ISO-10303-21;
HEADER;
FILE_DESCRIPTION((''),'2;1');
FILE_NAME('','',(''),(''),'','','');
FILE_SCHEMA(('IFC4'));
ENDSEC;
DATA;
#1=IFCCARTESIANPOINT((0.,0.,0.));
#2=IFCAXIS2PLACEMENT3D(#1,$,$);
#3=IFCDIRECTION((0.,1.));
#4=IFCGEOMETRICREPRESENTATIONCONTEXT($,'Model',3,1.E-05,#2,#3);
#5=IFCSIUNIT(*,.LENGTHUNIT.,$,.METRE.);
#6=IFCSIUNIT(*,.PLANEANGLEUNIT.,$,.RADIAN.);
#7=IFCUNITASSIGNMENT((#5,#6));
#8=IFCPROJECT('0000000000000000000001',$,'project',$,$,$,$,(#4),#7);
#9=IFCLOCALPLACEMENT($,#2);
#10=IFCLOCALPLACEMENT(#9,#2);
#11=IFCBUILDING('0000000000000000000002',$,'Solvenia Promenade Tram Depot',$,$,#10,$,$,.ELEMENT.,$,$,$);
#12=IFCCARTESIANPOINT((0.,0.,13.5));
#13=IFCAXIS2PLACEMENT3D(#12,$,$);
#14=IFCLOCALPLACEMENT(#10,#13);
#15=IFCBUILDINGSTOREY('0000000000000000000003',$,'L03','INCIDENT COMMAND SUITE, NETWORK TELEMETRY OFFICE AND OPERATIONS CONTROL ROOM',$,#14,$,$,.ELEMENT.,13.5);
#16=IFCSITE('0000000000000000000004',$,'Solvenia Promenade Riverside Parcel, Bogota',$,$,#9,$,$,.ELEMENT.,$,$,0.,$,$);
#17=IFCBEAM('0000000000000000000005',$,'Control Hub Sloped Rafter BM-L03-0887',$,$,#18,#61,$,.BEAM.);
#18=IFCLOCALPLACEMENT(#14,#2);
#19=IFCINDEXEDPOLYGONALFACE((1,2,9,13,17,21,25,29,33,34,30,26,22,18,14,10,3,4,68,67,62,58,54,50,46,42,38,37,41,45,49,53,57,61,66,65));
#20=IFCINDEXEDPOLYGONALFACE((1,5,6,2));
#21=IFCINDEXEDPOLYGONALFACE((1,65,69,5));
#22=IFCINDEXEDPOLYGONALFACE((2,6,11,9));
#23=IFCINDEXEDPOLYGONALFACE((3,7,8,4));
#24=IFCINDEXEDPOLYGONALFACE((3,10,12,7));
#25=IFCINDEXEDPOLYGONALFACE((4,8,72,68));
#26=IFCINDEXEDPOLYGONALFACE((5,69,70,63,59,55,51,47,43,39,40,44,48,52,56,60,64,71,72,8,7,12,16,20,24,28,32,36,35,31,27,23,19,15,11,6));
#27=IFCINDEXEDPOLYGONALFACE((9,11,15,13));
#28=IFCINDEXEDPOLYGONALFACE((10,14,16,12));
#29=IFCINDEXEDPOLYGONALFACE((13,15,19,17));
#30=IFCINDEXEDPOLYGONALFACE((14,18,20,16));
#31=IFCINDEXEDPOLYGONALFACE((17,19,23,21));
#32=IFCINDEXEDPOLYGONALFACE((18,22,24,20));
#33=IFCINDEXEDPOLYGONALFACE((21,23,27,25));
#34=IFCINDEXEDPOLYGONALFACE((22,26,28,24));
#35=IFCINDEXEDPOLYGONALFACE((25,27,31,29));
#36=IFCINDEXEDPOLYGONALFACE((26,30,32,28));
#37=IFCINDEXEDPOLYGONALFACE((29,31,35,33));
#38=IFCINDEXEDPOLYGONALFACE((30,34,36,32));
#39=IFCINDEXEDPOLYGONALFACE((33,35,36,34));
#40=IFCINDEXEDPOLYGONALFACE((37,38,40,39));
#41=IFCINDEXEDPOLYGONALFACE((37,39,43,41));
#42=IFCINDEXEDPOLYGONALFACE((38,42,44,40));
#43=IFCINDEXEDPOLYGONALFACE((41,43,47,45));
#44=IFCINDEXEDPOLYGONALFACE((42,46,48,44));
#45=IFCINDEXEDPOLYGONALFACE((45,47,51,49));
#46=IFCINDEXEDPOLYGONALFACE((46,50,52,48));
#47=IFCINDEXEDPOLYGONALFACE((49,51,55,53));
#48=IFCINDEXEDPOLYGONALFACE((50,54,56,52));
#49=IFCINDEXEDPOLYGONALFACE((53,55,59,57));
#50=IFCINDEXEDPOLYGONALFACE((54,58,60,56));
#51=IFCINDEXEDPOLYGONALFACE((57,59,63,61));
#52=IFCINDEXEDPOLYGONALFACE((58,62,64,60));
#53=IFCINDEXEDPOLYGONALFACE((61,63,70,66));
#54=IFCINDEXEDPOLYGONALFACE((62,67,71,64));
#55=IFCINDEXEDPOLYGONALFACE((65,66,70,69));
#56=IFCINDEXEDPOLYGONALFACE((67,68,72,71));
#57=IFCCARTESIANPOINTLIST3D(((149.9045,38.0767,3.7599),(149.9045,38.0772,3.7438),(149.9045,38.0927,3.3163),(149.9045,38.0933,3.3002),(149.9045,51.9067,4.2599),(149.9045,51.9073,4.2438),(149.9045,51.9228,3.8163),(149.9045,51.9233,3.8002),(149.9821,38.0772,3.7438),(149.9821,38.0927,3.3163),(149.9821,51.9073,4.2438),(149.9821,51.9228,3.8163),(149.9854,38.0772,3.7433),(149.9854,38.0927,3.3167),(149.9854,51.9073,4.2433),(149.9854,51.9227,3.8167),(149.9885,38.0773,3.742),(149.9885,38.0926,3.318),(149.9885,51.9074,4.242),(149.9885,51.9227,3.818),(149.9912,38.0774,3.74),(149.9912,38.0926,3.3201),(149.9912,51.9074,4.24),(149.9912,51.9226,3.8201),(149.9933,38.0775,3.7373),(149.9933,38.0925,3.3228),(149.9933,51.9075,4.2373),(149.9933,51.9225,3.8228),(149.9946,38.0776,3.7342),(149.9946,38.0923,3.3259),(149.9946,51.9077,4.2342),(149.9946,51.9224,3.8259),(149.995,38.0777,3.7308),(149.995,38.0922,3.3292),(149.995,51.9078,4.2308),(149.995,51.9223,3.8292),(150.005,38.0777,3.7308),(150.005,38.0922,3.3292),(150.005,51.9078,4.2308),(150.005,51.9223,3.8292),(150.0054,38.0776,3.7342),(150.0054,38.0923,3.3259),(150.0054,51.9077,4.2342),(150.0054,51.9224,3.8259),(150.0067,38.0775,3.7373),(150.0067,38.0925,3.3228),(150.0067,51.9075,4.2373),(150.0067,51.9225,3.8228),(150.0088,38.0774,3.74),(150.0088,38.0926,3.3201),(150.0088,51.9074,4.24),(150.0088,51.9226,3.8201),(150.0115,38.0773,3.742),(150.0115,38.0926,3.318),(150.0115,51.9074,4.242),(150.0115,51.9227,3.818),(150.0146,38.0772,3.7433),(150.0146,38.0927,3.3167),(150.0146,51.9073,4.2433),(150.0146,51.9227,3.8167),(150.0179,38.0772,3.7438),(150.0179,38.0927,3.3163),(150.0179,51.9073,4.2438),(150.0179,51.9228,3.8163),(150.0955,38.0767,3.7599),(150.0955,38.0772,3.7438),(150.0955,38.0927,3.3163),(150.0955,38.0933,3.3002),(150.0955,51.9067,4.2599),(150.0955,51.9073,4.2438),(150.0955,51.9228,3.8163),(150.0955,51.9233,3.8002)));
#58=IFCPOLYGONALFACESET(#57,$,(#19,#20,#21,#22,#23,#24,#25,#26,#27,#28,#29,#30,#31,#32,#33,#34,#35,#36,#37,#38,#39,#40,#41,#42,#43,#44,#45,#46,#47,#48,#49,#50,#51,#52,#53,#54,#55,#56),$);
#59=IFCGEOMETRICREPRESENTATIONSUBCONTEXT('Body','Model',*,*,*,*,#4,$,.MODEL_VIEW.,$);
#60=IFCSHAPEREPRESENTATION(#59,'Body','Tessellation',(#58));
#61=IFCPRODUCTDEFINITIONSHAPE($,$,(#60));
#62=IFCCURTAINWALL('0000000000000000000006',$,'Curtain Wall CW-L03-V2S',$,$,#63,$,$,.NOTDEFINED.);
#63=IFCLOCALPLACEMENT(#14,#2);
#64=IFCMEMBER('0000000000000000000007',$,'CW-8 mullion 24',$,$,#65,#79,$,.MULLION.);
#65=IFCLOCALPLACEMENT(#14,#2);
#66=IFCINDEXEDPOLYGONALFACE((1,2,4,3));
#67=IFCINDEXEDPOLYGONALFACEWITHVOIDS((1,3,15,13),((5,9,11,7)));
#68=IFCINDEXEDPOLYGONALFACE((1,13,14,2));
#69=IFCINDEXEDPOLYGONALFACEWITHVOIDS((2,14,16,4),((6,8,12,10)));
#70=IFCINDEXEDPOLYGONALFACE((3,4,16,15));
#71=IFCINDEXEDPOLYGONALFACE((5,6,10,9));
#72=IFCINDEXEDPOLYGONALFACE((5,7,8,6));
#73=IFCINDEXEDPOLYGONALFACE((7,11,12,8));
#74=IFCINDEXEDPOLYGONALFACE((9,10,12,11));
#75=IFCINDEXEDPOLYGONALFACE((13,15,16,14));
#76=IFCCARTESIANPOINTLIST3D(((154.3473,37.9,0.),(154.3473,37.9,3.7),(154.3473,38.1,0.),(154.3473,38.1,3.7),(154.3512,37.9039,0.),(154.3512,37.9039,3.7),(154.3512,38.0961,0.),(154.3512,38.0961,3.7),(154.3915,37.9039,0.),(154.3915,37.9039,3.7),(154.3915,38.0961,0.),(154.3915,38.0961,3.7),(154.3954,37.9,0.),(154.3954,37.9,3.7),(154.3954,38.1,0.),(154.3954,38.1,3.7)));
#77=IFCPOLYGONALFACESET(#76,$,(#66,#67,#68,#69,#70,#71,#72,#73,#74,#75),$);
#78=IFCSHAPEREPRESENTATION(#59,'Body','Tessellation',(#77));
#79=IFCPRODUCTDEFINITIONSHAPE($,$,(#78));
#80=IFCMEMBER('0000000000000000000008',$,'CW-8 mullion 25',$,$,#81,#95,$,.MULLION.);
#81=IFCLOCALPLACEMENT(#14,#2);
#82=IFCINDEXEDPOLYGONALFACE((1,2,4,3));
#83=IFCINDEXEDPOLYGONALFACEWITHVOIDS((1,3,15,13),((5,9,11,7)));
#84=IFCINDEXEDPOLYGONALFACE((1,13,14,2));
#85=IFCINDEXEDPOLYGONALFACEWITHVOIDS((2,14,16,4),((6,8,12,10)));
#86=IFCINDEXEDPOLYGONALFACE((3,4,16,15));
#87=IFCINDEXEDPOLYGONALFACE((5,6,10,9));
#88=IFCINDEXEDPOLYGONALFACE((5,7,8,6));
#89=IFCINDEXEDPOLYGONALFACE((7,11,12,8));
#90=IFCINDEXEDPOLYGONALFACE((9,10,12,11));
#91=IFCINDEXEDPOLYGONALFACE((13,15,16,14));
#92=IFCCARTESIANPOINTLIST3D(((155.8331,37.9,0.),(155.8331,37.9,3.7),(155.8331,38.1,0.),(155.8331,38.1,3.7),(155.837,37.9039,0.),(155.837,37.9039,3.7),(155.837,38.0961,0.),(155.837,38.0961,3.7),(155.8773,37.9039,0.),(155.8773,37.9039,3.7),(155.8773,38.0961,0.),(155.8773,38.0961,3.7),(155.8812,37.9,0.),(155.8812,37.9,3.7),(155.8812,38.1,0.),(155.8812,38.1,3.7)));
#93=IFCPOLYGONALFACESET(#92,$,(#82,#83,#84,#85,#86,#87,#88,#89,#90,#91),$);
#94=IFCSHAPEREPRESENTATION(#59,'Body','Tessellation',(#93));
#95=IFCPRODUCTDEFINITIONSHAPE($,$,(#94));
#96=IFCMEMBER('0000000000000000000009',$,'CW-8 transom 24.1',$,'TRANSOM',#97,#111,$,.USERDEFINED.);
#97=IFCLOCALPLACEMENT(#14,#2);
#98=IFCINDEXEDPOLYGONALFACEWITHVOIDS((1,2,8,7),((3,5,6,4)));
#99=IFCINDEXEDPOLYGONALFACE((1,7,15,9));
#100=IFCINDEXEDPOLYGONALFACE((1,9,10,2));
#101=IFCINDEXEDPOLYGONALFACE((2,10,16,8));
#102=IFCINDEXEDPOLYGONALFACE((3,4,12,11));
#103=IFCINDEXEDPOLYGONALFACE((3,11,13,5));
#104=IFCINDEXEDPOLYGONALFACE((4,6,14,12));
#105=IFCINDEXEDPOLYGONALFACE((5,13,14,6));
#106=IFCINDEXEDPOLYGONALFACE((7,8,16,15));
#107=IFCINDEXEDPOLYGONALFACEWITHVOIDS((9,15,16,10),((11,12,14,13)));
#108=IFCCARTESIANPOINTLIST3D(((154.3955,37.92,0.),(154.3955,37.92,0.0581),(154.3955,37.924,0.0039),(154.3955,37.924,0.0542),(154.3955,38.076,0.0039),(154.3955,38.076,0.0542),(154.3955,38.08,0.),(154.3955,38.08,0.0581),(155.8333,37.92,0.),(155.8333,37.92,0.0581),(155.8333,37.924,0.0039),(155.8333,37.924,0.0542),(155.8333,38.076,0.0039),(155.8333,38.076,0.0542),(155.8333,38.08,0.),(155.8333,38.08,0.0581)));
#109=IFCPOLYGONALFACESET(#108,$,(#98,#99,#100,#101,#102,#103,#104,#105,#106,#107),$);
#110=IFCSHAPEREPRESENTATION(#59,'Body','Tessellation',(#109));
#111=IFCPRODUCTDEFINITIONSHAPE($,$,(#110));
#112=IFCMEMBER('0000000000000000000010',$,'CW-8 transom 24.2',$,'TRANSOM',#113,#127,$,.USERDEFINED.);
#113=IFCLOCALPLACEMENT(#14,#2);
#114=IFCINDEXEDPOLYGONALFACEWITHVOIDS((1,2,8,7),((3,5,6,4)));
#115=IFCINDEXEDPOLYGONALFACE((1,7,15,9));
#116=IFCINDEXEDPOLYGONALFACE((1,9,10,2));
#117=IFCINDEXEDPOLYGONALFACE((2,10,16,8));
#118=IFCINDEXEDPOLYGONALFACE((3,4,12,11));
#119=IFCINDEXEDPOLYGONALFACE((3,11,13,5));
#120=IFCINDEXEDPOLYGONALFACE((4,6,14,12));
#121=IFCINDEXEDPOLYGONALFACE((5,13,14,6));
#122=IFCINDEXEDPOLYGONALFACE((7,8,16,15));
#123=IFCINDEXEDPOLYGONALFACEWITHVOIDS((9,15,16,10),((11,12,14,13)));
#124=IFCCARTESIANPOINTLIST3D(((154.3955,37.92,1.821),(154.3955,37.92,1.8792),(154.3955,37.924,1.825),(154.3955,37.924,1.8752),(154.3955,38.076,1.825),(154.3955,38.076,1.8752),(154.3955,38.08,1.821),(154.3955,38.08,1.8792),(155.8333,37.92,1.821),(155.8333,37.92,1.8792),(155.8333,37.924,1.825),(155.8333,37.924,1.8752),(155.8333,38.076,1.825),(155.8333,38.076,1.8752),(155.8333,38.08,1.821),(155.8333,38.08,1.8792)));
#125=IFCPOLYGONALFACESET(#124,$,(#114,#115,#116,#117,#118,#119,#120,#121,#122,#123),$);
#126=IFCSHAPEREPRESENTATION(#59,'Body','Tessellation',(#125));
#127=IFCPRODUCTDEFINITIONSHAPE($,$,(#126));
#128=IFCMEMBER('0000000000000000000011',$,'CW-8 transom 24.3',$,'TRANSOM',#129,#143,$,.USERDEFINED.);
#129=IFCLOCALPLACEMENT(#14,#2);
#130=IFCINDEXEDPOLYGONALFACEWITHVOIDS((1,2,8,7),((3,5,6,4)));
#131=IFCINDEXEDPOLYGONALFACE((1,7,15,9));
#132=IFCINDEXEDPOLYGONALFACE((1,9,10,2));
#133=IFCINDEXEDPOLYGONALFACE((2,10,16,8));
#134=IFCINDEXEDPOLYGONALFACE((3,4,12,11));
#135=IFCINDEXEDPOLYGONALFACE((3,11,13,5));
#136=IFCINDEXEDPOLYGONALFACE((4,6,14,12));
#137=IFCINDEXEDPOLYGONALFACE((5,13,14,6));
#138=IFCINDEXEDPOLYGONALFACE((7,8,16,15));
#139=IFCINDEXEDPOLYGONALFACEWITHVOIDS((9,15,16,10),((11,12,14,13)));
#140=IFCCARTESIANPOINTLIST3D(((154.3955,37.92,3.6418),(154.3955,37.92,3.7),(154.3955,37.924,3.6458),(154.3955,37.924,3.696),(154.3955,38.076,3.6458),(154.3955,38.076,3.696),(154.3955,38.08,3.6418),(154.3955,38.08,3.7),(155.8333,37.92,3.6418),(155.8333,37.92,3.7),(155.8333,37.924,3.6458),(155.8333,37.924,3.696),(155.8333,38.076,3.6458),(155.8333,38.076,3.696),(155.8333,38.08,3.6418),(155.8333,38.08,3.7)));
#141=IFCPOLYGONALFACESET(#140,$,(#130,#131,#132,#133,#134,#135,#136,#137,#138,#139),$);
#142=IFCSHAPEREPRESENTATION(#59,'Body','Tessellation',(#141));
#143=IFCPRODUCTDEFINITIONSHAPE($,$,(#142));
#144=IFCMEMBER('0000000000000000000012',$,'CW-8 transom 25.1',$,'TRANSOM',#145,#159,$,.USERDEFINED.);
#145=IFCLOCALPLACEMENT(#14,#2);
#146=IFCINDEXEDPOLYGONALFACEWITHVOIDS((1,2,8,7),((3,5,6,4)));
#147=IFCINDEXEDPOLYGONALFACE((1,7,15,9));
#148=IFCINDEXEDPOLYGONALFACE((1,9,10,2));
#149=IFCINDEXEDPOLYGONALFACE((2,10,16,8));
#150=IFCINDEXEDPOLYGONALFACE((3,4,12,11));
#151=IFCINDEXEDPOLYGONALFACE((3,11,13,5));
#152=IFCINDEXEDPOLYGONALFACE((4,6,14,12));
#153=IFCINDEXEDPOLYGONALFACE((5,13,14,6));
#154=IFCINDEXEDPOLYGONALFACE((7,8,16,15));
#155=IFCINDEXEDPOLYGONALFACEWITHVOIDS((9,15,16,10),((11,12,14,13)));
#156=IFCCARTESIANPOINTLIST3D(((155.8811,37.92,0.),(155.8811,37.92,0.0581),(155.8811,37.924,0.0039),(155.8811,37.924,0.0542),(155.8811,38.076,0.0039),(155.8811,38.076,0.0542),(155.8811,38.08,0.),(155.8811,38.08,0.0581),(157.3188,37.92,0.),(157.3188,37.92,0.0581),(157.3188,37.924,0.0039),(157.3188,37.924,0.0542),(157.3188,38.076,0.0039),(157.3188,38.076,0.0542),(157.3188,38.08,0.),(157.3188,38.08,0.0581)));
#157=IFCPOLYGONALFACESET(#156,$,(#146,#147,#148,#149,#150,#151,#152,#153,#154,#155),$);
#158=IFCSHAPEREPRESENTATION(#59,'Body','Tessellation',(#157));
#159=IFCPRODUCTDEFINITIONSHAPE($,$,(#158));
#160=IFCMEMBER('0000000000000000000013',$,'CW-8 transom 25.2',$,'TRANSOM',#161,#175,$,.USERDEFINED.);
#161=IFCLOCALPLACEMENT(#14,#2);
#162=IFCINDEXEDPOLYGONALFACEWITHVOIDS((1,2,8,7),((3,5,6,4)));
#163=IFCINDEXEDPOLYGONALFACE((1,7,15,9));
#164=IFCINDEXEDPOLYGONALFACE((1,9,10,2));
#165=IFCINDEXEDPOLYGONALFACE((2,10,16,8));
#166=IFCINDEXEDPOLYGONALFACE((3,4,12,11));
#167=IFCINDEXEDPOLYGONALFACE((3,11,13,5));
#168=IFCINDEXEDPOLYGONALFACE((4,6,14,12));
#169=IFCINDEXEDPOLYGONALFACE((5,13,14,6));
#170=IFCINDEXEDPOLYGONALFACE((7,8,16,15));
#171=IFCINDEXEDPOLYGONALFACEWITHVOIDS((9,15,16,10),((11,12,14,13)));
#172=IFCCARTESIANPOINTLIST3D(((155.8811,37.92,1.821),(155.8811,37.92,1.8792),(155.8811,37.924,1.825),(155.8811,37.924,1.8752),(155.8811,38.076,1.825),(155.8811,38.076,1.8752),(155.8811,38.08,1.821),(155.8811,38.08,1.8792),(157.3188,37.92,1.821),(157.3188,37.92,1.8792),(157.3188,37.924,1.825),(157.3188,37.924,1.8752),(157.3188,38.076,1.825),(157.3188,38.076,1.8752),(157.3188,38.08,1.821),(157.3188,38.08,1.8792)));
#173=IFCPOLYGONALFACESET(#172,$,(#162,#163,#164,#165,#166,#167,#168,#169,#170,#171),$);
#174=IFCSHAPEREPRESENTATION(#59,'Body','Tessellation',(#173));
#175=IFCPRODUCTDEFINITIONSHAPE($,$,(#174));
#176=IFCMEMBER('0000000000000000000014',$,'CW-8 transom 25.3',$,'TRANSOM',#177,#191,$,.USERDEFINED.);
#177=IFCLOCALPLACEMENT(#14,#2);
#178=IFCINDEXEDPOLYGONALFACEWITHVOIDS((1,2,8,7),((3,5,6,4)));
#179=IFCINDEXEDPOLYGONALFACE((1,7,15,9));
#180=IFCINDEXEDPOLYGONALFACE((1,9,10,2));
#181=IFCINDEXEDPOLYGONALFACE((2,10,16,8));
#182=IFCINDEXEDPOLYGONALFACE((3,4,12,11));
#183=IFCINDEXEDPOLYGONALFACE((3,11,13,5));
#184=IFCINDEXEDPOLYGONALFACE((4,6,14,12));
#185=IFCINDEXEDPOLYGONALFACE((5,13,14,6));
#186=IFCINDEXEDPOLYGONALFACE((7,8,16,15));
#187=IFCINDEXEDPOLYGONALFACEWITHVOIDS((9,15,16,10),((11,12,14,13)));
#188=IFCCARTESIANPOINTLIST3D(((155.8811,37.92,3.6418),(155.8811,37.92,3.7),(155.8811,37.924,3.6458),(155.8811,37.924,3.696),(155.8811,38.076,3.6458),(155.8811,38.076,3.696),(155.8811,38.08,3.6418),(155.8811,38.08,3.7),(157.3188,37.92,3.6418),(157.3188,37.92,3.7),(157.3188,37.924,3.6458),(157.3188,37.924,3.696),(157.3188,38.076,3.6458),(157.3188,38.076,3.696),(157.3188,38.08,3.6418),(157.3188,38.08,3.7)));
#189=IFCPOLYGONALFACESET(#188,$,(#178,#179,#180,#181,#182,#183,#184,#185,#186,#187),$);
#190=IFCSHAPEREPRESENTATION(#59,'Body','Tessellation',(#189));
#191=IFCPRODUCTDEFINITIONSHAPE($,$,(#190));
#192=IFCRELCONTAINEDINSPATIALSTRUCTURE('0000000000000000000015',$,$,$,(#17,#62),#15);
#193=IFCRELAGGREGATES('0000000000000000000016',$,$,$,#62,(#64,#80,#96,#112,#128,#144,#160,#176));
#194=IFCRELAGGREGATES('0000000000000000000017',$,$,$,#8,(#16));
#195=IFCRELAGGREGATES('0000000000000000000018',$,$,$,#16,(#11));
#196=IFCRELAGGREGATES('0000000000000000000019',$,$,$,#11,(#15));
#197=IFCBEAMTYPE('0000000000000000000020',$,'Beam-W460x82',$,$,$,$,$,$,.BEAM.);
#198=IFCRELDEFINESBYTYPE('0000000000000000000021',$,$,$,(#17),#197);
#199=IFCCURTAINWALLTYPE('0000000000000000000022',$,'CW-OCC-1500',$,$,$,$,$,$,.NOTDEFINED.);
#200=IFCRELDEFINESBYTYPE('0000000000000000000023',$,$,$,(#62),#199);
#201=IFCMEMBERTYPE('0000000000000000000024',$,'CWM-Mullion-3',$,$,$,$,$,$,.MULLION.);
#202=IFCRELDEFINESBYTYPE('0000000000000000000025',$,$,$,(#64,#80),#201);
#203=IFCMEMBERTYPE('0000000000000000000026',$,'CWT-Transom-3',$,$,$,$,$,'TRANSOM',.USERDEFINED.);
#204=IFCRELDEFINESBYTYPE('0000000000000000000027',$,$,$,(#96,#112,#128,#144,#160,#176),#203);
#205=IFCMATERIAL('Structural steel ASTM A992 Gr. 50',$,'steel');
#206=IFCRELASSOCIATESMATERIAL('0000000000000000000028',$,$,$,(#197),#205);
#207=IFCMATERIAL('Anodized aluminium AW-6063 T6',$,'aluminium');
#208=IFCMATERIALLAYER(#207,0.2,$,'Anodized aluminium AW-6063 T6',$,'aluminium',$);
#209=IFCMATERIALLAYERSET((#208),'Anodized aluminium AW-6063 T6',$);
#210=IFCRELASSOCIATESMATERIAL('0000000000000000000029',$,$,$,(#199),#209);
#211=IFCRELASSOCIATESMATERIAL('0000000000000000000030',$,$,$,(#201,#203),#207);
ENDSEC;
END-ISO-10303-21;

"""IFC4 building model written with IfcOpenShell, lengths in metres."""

from ifc_helpers import new_model, si_unit, direction, frame, origin, origin_2d, place, context, subcontext, project, spatial, hollow_rectangle, i_section, extrude, material, layer, layer_set, material_profile, profile_set, type_object, element, aggregate, save


model = new_model("IFC4")

# Units and contexts
model_context = context("Model", 3, precision=1e-05, world=origin(), true_north=direction((0.0, 1.0)))
body_context = subcontext(model_context, "Body", "Model", "MODEL_VIEW")
ifc_project = project(units=[si_unit("LENGTHUNIT", "METRE"), si_unit("PLANEANGLEUNIT", "RADIAN")], contexts=[model_context])

# Site, building, storey
site_placement = place(None, origin())
site = spatial("IfcSite", under=ifc_project, at=site_placement, Name="Solvenia Promenade Riverside Parcel, Bogota", CompositionType="ELEMENT", RefElevation=0.0)
building_placement = place(site_placement, origin())
building = spatial("IfcBuilding", under=site, at=building_placement, Name="Solvenia Promenade Tram Depot", CompositionType="ELEMENT")
storey_placement = place(building_placement, frame((0.0, 0.0, 13.5)))
storey = spatial("IfcBuildingStorey", under=building, at=storey_placement, Name="L03", Description="INCIDENT COMMAND SUITE, NETWORK TELEMETRY OFFICE AND OPERATIONS CONTROL ROOM", CompositionType="ELEMENT", Elevation=13.5)

# Beam
ifc_material_1 = material(Name="Structural steel ASTM A992 Gr. 50", Category="steel")
ifc_material_profile_1 = material_profile(ifc_material_1, i_section(OverallWidth=0.1909, OverallDepth=0.46, WebThickness=0.01, FlangeThickness=0.0161, FilletRadius=0.0129, at=origin_2d()), Name="W460x82", Category="steel")
ifc_profile_set_1 = profile_set([ifc_material_profile_1], Name="Structural steel ASTM A992 Gr. 50")
beam_type_1 = type_object("IfcBeamType", Name="Beam-W460x82", PredefinedType="BEAM", material=ifc_profile_set_1)
beam_1_placement = place(storey_placement, frame((150.0, 38.085, 3.53), z_axis=(0.0, 0.999347, 0.036129), x_axis=(-1.0, 0.0, 0.0)))
element("IfcBeam", 1, at=beam_1_placement, inside=storey, type_object=beam_type_1, Name="Control Hub Sloped Rafter BM-L03-0887", PredefinedType="BEAM", context=body_context, shape_type="SweptSolid", body=[
    extrude(i_section(OverallWidth=0.1909, OverallDepth=0.46, WebThickness=0.01, FlangeThickness=0.0161, FilletRadius=0.0129, at=origin_2d()), origin(), (0.0, 0.0, 1.0), 13.8391),
])

# Curtain wall, members
ifc_material_2 = material(Name="Anodized aluminium AW-6063 T6", Category="aluminium")
ifc_layer_1 = layer(ifc_material_2, 0.2, Name="Anodized aluminium AW-6063 T6", Category="aluminium")
ifc_layer_set_1 = layer_set([ifc_layer_1], Name="Anodized aluminium AW-6063 T6")
curtain_wall_type = type_object("IfcCurtainWallType", Name="CW-OCC-1500", PredefinedType="NOTDEFINED", material=ifc_layer_set_1)
curtain_wall_placement = place(storey_placement, origin())
curtain_wall = element("IfcCurtainWall", 2, at=curtain_wall_placement, inside=storey, type_object=curtain_wall_type, Name="Curtain Wall CW-L03-V2S", PredefinedType="NOTDEFINED")
ifc_material_profile_2 = material_profile(ifc_material_2, hollow_rectangle(XDim=0.2, YDim=0.0481, WallThickness=0.0039, at=origin_2d()), Name="ALU-M3", Category="aluminium")
ifc_profile_set_2 = profile_set([ifc_material_profile_2], Name="Anodized aluminium AW-6063 T6")
member_type_1 = type_object("IfcMemberType", Name="CWM-Mullion-3", PredefinedType="MULLION", material=ifc_profile_set_2)
member_1_placement = place(storey_placement, frame((154.3713, 38.0, 0.0), z_axis=(0.0, 0.0, 1.0), x_axis=(0.0, 1.0, 0.0)))
member_1 = element("IfcMember", 3, at=member_1_placement, type_object=member_type_1, Name="CW-8 mullion 24", PredefinedType="MULLION", context=body_context, shape_type="SweptSolid", body=[
    extrude(hollow_rectangle(XDim=0.2, YDim=0.0481, WallThickness=0.0039, at=origin_2d()), origin(), (0.0, 0.0, 1.0), 3.7),
])
member_2_placement = place(storey_placement, frame((155.8572, 38.0, 0.0), z_axis=(0.0, 0.0, 1.0), x_axis=(0.0, 1.0, 0.0)))
member_2 = element("IfcMember", 4, at=member_2_placement, type_object=member_type_1, Name="CW-8 mullion 25", PredefinedType="MULLION", context=body_context, shape_type="SweptSolid", body=[
    extrude(hollow_rectangle(XDim=0.2, YDim=0.0481, WallThickness=0.0039, at=origin_2d()), origin(), (0.0, 0.0, 1.0), 3.7),
])
ifc_material_profile_3 = material_profile(ifc_material_2, hollow_rectangle(XDim=0.1599, YDim=0.0581, WallThickness=0.0039, at=origin_2d()), Name="ALU-T3", Category="aluminium")
ifc_profile_set_3 = profile_set([ifc_material_profile_3], Name="Anodized aluminium AW-6063 T6")
member_type_2 = type_object("IfcMemberType", Name="CWT-Transom-3", ElementType="TRANSOM", PredefinedType="USERDEFINED", material=ifc_profile_set_3)
member_3_placement = place(storey_placement, frame((154.3955, 38.0, 0.0291), z_axis=(1.0, 0.0, 0.0), x_axis=(0.0, 1.0, 0.0)))
member_3 = element("IfcMember", 5, at=member_3_placement, type_object=member_type_2, Name="CW-8 transom 24.1", ObjectType="TRANSOM", PredefinedType="USERDEFINED", context=body_context, shape_type="SweptSolid", body=[
    extrude(hollow_rectangle(XDim=0.1599, YDim=0.0581, WallThickness=0.0039, at=origin_2d()), origin(), (0.0, 0.0, 1.0), 1.4377),
])
member_4_placement = place(storey_placement, frame((154.3955, 38.0, 1.8501), z_axis=(1.0, 0.0, 0.0), x_axis=(0.0, 1.0, 0.0)))
member_4 = element("IfcMember", 6, at=member_4_placement, type_object=member_type_2, Name="CW-8 transom 24.2", ObjectType="TRANSOM", PredefinedType="USERDEFINED", context=body_context, shape_type="SweptSolid", body=[
    extrude(hollow_rectangle(XDim=0.1599, YDim=0.0581, WallThickness=0.0039, at=origin_2d()), origin(), (0.0, 0.0, 1.0), 1.4377),
])
member_5_placement = place(storey_placement, frame((154.3955, 38.0, 3.6709), z_axis=(1.0, 0.0, 0.0), x_axis=(0.0, 1.0, 0.0)))
member_5 = element("IfcMember", 7, at=member_5_placement, type_object=member_type_2, Name="CW-8 transom 24.3", ObjectType="TRANSOM", PredefinedType="USERDEFINED", context=body_context, shape_type="SweptSolid", body=[
    extrude(hollow_rectangle(XDim=0.1599, YDim=0.0581, WallThickness=0.0039, at=origin_2d()), origin(), (0.0, 0.0, 1.0), 1.4377),
])
member_6_placement = place(storey_placement, frame((155.8811, 38.0, 0.0291), z_axis=(1.0, 0.0, 0.0), x_axis=(0.0, 1.0, 0.0)))
member_6 = element("IfcMember", 8, at=member_6_placement, type_object=member_type_2, Name="CW-8 transom 25.1", ObjectType="TRANSOM", PredefinedType="USERDEFINED", context=body_context, shape_type="SweptSolid", body=[
    extrude(hollow_rectangle(XDim=0.1599, YDim=0.0581, WallThickness=0.0039, at=origin_2d()), origin(), (0.0, 0.0, 1.0), 1.4377),
])
member_7_placement = place(storey_placement, frame((155.8811, 38.0, 1.8501), z_axis=(1.0, 0.0, 0.0), x_axis=(0.0, 1.0, 0.0)))
member_7 = element("IfcMember", 9, at=member_7_placement, type_object=member_type_2, Name="CW-8 transom 25.2", ObjectType="TRANSOM", PredefinedType="USERDEFINED", context=body_context, shape_type="SweptSolid", body=[
    extrude(hollow_rectangle(XDim=0.1599, YDim=0.0581, WallThickness=0.0039, at=origin_2d()), origin(), (0.0, 0.0, 1.0), 1.4377),
])
member_8_placement = place(storey_placement, frame((155.8811, 38.0, 3.6709), z_axis=(1.0, 0.0, 0.0), x_axis=(0.0, 1.0, 0.0)))
member_8 = element("IfcMember", 10, at=member_8_placement, type_object=member_type_2, Name="CW-8 transom 25.3", ObjectType="TRANSOM", PredefinedType="USERDEFINED", context=body_context, shape_type="SweptSolid", body=[
    extrude(hollow_rectangle(XDim=0.1599, YDim=0.0581, WallThickness=0.0039, at=origin_2d()), origin(), (0.0, 0.0, 1.0), 1.4377),
])

aggregate(curtain_wall, [member_1, member_2, member_3, member_4, member_5, member_6, member_7, member_8])

save(model, "model.ifc")
